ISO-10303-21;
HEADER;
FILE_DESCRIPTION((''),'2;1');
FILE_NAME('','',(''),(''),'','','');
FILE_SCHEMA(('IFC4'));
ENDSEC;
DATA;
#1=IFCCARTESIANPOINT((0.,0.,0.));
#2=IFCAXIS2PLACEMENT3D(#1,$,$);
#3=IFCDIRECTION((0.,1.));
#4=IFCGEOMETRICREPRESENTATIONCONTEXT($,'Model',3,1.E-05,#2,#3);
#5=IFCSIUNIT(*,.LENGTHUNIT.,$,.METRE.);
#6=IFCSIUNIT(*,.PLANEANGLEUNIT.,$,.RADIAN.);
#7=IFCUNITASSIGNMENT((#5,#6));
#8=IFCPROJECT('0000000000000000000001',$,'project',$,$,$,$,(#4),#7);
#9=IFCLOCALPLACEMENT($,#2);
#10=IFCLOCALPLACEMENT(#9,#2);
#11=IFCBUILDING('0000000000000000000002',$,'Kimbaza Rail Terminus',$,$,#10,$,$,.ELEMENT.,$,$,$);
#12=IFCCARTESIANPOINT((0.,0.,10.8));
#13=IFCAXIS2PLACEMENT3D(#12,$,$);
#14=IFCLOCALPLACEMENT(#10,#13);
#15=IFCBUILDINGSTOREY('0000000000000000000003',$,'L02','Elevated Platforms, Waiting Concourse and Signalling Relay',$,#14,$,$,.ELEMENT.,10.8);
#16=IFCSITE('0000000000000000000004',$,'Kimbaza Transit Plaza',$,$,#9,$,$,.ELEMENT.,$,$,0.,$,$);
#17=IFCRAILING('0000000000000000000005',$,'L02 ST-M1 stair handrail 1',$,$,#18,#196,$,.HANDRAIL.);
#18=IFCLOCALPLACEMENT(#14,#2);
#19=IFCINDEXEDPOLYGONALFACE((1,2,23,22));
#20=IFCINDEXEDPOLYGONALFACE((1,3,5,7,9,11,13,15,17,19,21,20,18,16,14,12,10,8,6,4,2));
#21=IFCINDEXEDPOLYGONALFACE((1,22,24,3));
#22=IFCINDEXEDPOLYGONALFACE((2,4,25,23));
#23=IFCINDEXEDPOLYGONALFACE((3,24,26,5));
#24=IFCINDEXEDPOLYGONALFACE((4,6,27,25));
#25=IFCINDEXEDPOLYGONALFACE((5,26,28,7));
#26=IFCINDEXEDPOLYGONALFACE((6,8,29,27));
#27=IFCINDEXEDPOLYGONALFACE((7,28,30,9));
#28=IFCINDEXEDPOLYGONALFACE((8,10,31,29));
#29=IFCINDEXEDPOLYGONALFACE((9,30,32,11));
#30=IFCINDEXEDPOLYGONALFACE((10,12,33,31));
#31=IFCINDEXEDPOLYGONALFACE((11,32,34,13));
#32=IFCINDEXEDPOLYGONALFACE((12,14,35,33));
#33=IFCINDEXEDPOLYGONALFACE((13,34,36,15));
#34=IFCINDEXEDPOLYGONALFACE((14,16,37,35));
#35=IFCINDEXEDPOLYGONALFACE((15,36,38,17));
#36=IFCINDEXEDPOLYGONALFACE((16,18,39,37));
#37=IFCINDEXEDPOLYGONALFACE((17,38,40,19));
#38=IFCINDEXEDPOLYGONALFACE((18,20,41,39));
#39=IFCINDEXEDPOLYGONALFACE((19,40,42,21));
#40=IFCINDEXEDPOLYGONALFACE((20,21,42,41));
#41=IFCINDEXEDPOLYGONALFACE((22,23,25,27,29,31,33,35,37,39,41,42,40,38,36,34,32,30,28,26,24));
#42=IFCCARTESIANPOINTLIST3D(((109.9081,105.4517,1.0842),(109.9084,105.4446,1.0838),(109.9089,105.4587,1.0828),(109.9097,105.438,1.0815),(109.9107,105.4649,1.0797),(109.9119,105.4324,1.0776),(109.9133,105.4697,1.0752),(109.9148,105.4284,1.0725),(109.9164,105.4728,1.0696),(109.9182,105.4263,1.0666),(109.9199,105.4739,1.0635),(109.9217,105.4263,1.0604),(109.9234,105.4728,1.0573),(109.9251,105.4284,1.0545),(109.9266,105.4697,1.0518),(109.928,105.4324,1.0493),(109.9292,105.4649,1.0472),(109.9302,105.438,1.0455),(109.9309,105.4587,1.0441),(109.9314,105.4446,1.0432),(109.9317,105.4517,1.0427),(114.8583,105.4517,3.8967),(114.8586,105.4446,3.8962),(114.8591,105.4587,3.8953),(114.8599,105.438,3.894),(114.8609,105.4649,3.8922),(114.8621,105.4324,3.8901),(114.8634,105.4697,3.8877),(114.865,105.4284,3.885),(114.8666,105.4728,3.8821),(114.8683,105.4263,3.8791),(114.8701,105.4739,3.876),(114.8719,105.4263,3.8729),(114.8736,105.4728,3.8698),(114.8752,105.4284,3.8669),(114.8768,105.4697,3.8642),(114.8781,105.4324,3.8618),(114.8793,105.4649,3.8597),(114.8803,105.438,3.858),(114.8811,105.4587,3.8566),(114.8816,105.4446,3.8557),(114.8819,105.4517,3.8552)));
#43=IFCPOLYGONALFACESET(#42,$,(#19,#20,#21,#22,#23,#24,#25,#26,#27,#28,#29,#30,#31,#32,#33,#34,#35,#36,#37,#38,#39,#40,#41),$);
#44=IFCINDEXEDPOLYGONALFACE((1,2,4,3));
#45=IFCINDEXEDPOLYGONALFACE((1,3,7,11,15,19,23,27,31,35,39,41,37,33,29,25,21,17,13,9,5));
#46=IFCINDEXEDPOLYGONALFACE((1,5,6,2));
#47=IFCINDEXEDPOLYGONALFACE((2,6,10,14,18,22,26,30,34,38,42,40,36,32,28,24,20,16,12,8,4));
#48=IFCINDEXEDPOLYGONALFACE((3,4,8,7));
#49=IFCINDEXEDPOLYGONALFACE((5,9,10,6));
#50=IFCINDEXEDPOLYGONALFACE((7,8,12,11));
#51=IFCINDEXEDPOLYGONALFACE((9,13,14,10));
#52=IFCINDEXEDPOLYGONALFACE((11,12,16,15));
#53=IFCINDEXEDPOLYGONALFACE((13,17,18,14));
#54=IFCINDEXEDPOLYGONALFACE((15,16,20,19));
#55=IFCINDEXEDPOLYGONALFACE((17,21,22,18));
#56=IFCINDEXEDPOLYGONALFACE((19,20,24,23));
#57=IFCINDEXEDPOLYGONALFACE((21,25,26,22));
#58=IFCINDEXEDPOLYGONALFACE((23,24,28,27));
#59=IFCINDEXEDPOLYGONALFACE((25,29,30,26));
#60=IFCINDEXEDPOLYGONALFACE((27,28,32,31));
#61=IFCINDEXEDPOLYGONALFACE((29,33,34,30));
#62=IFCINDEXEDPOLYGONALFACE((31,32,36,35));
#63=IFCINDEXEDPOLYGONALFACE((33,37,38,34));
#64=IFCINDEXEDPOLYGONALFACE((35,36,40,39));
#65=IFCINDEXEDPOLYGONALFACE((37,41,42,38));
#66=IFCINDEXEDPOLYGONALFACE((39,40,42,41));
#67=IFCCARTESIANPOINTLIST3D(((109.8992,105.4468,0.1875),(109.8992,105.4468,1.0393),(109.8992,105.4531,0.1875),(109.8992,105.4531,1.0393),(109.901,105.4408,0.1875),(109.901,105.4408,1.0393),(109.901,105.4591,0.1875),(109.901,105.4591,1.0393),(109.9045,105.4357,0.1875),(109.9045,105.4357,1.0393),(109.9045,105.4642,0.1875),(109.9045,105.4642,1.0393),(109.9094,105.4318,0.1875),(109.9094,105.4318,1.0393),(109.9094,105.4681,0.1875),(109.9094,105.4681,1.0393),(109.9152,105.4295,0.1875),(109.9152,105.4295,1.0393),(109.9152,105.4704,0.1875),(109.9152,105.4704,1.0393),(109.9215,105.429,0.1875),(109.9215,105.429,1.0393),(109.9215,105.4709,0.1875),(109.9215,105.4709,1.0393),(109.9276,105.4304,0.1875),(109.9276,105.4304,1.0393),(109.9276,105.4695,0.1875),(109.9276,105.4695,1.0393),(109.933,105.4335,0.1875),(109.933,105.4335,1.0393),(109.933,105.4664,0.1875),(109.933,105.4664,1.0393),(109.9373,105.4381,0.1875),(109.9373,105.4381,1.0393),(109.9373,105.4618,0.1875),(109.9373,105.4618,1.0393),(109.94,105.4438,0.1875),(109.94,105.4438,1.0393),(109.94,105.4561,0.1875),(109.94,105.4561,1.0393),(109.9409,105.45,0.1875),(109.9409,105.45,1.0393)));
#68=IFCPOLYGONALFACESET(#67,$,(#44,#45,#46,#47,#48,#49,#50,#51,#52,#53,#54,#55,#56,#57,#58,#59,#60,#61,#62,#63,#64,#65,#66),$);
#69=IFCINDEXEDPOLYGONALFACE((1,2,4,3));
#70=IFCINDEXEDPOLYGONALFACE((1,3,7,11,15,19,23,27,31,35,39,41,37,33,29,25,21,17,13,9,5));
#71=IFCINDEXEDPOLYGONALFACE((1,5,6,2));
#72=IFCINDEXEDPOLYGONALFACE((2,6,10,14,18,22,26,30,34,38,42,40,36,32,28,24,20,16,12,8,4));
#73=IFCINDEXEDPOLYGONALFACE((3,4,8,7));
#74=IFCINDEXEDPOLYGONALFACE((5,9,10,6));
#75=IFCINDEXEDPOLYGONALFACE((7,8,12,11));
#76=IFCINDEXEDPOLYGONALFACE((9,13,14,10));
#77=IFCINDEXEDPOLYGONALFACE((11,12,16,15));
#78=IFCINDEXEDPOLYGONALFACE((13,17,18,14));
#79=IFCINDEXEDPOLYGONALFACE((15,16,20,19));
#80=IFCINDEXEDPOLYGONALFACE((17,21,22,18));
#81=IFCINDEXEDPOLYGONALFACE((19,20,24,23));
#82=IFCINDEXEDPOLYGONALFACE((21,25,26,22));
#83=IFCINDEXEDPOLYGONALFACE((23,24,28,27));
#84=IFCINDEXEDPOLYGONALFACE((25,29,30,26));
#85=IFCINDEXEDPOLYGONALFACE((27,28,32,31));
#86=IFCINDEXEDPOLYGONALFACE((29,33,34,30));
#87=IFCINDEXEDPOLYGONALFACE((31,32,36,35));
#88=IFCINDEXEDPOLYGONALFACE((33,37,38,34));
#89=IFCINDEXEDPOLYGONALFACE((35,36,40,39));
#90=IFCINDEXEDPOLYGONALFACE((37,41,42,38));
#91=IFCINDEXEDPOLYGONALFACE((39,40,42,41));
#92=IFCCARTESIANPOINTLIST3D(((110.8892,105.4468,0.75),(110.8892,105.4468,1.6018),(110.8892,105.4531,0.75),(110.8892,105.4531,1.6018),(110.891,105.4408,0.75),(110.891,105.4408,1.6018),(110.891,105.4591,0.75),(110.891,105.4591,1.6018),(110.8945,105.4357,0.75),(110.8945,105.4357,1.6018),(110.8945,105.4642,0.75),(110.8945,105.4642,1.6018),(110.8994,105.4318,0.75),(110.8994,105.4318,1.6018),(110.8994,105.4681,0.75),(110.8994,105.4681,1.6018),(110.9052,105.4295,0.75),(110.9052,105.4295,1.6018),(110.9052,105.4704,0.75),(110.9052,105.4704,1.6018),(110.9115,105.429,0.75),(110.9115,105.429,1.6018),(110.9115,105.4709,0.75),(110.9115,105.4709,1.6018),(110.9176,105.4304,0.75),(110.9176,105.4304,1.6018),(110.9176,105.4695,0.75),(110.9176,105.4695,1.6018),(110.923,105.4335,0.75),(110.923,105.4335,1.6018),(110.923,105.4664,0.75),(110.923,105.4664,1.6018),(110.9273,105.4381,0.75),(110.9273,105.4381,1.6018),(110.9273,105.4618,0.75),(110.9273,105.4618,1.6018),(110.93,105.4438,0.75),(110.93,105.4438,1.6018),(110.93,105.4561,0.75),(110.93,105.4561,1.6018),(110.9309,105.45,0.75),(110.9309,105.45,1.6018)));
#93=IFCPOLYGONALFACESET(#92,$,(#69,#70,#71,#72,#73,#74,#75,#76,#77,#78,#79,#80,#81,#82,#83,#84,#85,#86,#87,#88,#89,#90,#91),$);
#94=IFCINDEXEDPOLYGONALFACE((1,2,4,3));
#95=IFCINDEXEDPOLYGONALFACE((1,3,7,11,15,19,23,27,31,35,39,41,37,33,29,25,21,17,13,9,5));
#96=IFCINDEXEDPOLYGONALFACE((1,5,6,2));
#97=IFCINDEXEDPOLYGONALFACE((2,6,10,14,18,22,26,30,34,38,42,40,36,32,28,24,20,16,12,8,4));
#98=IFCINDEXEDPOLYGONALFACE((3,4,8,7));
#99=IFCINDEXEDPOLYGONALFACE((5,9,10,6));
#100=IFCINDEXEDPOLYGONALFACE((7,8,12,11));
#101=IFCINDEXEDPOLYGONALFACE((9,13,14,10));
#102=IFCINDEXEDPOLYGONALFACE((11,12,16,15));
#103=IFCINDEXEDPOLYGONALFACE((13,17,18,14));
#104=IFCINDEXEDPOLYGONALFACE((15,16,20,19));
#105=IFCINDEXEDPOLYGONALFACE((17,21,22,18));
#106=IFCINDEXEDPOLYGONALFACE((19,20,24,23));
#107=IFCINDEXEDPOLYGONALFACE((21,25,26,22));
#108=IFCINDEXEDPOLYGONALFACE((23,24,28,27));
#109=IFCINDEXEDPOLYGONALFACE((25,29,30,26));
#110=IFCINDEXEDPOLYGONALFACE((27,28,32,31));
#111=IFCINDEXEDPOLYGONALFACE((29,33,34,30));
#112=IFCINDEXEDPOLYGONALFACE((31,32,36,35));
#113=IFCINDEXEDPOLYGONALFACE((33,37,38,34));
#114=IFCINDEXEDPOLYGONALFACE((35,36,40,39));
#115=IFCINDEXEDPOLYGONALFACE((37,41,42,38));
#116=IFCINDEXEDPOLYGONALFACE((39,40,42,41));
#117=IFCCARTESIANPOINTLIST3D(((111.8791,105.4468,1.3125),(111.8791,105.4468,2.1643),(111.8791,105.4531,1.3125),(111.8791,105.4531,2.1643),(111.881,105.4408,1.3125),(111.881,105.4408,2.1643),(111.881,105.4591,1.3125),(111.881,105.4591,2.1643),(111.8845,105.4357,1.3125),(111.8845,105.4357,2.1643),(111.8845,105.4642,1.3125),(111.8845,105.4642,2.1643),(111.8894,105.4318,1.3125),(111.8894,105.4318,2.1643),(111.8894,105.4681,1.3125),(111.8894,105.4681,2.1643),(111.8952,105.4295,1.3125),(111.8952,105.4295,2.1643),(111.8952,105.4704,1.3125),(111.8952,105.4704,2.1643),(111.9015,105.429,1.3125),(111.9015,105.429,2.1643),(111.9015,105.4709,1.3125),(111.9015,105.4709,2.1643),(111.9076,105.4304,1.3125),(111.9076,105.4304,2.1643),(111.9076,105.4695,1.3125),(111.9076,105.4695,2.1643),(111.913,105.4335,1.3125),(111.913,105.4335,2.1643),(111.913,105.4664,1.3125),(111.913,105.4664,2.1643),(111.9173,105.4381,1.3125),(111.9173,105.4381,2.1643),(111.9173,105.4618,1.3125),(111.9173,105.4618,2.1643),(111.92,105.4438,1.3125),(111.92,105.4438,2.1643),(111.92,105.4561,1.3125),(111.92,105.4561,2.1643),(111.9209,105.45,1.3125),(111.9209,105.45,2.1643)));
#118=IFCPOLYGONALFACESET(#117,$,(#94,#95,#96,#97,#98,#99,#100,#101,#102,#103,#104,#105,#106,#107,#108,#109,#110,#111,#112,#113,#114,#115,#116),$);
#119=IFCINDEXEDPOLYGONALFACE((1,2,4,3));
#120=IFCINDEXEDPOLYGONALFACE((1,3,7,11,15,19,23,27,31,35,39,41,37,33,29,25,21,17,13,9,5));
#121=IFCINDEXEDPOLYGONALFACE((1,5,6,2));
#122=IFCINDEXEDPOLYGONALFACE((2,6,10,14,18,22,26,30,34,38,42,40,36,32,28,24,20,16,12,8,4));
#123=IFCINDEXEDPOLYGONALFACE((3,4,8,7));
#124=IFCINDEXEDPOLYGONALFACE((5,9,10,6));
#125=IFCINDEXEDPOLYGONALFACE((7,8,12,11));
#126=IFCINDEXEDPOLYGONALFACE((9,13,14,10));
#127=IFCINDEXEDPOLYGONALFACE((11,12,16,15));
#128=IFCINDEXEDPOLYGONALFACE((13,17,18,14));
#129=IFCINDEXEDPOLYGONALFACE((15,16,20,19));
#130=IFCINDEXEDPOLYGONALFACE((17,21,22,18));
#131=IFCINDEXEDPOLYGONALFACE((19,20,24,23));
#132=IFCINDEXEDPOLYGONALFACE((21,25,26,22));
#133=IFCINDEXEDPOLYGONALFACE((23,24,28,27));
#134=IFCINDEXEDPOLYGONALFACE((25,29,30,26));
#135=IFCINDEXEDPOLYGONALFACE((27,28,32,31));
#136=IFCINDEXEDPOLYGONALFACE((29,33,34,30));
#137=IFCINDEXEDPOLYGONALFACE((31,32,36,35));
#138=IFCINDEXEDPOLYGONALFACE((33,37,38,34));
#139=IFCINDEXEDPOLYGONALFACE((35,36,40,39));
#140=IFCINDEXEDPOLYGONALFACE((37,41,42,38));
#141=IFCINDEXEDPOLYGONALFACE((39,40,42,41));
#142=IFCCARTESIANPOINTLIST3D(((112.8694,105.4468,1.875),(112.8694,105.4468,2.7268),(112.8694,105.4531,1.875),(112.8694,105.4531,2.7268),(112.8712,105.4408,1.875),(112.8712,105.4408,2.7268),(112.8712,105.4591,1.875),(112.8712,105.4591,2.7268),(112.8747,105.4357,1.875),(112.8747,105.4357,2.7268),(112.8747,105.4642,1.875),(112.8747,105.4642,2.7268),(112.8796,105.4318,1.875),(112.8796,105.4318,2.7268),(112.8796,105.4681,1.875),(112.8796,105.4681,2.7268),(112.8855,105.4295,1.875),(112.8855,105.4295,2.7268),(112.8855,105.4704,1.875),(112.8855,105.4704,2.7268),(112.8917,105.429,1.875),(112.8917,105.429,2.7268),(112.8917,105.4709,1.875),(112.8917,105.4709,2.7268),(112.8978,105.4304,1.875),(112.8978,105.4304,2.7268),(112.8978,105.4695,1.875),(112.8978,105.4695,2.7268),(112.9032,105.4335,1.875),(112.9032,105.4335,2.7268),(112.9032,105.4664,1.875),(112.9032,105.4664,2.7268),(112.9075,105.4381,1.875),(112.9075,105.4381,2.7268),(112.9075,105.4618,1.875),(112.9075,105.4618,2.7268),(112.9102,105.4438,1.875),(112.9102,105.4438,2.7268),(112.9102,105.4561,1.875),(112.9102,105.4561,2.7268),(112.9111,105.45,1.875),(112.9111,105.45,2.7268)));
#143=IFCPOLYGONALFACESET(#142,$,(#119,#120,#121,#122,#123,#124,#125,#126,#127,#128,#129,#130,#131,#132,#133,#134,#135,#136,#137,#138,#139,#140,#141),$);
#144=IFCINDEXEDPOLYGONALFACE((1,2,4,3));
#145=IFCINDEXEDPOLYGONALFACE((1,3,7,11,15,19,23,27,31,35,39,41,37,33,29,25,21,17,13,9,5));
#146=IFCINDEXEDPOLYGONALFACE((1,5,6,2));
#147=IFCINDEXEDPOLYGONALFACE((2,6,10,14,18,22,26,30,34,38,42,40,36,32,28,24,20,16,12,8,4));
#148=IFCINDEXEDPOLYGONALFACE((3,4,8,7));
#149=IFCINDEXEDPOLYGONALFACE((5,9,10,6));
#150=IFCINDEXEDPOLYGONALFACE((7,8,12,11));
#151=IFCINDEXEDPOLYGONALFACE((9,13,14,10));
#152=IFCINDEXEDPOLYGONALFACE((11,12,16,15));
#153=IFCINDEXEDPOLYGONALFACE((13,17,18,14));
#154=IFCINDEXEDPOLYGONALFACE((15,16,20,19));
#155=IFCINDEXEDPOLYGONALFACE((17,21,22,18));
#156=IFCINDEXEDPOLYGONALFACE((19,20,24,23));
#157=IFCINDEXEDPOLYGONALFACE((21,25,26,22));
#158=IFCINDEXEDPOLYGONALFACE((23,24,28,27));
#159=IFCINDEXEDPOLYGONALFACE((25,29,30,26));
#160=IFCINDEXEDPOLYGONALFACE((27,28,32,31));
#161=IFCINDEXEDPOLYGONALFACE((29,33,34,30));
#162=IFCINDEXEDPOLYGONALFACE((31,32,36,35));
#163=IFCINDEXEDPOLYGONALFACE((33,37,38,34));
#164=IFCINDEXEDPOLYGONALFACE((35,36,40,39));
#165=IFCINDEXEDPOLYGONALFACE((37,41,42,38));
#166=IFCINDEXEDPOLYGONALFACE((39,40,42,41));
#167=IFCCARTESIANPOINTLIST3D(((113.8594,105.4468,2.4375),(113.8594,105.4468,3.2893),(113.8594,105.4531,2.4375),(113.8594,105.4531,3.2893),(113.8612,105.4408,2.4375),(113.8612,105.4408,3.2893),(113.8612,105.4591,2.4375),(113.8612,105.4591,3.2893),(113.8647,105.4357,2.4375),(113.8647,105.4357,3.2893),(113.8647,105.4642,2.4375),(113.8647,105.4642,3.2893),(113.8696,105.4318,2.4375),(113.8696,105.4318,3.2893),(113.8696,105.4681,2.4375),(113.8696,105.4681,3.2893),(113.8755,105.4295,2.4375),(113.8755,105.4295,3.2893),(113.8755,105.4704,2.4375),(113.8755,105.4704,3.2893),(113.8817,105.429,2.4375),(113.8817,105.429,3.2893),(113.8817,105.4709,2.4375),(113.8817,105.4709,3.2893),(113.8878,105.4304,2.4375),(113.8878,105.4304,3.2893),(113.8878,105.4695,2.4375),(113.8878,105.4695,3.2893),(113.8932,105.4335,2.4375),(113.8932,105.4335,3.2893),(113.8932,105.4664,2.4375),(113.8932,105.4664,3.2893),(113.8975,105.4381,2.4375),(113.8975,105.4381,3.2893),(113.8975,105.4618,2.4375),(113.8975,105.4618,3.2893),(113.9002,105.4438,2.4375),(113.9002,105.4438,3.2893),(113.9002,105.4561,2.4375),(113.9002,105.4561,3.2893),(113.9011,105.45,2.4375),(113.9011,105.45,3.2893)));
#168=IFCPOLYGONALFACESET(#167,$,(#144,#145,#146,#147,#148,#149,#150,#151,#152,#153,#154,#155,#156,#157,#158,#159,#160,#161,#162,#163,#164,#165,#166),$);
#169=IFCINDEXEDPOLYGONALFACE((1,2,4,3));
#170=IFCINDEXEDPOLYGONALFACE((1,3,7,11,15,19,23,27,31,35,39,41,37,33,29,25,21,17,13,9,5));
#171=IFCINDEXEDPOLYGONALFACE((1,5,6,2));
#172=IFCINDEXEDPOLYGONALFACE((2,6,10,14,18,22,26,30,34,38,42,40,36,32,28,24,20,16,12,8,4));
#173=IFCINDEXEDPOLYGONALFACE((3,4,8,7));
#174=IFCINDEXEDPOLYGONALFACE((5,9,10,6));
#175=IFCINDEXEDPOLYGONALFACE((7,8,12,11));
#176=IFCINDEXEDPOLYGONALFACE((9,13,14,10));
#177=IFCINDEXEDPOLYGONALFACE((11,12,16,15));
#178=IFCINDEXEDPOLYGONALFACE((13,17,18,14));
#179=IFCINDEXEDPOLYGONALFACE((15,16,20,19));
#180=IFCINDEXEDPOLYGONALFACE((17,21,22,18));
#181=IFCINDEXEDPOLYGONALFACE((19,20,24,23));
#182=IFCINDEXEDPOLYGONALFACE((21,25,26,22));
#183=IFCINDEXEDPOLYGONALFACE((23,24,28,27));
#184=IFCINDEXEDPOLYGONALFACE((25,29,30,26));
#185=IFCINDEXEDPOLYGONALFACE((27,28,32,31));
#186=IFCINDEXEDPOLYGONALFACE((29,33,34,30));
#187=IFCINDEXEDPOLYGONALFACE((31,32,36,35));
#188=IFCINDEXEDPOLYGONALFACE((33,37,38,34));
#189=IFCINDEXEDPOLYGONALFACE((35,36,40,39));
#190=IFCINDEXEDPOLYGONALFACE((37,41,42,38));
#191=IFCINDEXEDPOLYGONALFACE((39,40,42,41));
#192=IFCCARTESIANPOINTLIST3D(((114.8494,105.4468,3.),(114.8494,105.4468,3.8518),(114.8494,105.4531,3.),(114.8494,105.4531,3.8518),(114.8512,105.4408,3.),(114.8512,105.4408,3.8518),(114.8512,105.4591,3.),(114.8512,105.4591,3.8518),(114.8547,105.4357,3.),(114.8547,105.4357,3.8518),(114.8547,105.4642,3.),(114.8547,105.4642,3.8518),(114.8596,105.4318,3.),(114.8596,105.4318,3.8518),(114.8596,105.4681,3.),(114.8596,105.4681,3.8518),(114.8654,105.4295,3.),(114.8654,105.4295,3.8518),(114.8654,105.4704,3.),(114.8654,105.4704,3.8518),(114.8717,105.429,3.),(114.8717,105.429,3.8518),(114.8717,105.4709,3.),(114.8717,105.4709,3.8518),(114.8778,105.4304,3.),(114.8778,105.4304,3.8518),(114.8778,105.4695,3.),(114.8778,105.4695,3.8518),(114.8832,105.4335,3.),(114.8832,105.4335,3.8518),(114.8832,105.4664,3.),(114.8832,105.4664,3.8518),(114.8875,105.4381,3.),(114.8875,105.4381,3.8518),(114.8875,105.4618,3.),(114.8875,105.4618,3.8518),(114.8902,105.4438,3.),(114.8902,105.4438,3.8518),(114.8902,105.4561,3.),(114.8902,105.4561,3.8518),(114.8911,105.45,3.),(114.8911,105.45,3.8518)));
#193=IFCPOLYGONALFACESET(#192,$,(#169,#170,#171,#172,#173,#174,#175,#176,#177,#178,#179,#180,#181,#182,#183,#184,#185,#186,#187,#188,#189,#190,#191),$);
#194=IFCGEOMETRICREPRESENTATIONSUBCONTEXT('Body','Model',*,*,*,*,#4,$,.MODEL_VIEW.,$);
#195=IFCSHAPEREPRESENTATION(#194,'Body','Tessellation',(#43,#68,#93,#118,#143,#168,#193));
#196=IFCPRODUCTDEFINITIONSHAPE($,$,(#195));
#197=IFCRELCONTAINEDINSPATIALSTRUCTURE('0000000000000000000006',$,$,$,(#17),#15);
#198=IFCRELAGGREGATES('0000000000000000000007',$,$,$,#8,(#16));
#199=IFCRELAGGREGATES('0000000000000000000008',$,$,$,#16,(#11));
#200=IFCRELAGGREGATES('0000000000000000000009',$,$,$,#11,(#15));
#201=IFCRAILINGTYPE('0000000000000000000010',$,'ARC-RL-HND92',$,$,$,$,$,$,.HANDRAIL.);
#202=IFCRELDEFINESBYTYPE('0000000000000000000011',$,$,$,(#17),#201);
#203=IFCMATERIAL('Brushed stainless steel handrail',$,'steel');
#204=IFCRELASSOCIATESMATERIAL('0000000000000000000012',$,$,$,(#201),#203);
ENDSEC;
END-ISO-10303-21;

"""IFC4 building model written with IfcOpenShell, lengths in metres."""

from ifc_helpers import new_model, si_unit, direction, frame, origin, origin_2d, place, context, subcontext, project, spatial, circle, extrude, material, type_object, element, save


model = new_model("IFC4")

# Units and contexts
model_context = context("Model", 3, precision=1e-05, world=origin(), true_north=direction((0.0, 1.0)))
body_context = subcontext(model_context, "Body", "Model", "MODEL_VIEW")
ifc_project = project(units=[si_unit("LENGTHUNIT", "METRE"), si_unit("PLANEANGLEUNIT", "RADIAN")], contexts=[model_context])

# Site, building, storey
site_placement = place(None, origin())
site = spatial("IfcSite", under=ifc_project, at=site_placement, Name="Kimbaza Transit Plaza", CompositionType="ELEMENT", RefElevation=0.0)
building_placement = place(site_placement, origin())
building = spatial("IfcBuilding", under=site, at=building_placement, Name="Kimbaza Rail Terminus", CompositionType="ELEMENT")
storey_placement = place(building_placement, frame((0.0, 0.0, 10.8)))
storey = spatial("IfcBuildingStorey", under=building, at=storey_placement, Name="L02", Description="Elevated Platforms, Waiting Concourse and Signalling Relay", CompositionType="ELEMENT", Elevation=10.8)

# Railing
ifc_material_1 = material(Name="Brushed stainless steel handrail", Category="steel")
railing_type_1 = type_object("IfcRailingType", Name="ARC-RL-HND92", PredefinedType="HANDRAIL", material=ifc_material_1)
railing_1_placement = place(storey_placement, frame((109.9199, 105.45, 0.1875)))
element("IfcRailing", 1, at=railing_1_placement, inside=storey, type_object=railing_type_1, Name="L02 ST-M1 stair handrail 1", PredefinedType="HANDRAIL", context=body_context, shape_type="SweptSolid", body=[
    extrude(circle(Radius=0.0239, at=origin_2d()), frame((0.0, 0.0, 0.876), z_axis=(0.869465, 0.0, 0.493995), x_axis=(0.0, 1.0, 0.0)), (0.0, 0.0, 1.0), 5.6934),
    extrude(circle(Radius=0.021, at=origin_2d()), origin(), (0.0, 0.0, 1.0), 0.8518),
    extrude(circle(Radius=0.021, at=origin_2d()), frame((0.99, 0.0, 0.5625)), (0.0, 0.0, 1.0), 0.8518),
    extrude(circle(Radius=0.021, at=origin_2d()), frame((1.98, 0.0, 1.125)), (0.0, 0.0, 1.0), 0.8518),
    extrude(circle(Radius=0.021, at=origin_2d()), frame((2.9702, 0.0, 1.6875)), (0.0, 0.0, 1.0), 0.8518),
    extrude(circle(Radius=0.021, at=origin_2d()), frame((3.9602, 0.0, 2.25)), (0.0, 0.0, 1.0), 0.8518),
    extrude(circle(Radius=0.021, at=origin_2d()), frame((4.9502, 0.0, 2.8125)), (0.0, 0.0, 1.0), 0.8518),
])

save(model, "model.ifc")
